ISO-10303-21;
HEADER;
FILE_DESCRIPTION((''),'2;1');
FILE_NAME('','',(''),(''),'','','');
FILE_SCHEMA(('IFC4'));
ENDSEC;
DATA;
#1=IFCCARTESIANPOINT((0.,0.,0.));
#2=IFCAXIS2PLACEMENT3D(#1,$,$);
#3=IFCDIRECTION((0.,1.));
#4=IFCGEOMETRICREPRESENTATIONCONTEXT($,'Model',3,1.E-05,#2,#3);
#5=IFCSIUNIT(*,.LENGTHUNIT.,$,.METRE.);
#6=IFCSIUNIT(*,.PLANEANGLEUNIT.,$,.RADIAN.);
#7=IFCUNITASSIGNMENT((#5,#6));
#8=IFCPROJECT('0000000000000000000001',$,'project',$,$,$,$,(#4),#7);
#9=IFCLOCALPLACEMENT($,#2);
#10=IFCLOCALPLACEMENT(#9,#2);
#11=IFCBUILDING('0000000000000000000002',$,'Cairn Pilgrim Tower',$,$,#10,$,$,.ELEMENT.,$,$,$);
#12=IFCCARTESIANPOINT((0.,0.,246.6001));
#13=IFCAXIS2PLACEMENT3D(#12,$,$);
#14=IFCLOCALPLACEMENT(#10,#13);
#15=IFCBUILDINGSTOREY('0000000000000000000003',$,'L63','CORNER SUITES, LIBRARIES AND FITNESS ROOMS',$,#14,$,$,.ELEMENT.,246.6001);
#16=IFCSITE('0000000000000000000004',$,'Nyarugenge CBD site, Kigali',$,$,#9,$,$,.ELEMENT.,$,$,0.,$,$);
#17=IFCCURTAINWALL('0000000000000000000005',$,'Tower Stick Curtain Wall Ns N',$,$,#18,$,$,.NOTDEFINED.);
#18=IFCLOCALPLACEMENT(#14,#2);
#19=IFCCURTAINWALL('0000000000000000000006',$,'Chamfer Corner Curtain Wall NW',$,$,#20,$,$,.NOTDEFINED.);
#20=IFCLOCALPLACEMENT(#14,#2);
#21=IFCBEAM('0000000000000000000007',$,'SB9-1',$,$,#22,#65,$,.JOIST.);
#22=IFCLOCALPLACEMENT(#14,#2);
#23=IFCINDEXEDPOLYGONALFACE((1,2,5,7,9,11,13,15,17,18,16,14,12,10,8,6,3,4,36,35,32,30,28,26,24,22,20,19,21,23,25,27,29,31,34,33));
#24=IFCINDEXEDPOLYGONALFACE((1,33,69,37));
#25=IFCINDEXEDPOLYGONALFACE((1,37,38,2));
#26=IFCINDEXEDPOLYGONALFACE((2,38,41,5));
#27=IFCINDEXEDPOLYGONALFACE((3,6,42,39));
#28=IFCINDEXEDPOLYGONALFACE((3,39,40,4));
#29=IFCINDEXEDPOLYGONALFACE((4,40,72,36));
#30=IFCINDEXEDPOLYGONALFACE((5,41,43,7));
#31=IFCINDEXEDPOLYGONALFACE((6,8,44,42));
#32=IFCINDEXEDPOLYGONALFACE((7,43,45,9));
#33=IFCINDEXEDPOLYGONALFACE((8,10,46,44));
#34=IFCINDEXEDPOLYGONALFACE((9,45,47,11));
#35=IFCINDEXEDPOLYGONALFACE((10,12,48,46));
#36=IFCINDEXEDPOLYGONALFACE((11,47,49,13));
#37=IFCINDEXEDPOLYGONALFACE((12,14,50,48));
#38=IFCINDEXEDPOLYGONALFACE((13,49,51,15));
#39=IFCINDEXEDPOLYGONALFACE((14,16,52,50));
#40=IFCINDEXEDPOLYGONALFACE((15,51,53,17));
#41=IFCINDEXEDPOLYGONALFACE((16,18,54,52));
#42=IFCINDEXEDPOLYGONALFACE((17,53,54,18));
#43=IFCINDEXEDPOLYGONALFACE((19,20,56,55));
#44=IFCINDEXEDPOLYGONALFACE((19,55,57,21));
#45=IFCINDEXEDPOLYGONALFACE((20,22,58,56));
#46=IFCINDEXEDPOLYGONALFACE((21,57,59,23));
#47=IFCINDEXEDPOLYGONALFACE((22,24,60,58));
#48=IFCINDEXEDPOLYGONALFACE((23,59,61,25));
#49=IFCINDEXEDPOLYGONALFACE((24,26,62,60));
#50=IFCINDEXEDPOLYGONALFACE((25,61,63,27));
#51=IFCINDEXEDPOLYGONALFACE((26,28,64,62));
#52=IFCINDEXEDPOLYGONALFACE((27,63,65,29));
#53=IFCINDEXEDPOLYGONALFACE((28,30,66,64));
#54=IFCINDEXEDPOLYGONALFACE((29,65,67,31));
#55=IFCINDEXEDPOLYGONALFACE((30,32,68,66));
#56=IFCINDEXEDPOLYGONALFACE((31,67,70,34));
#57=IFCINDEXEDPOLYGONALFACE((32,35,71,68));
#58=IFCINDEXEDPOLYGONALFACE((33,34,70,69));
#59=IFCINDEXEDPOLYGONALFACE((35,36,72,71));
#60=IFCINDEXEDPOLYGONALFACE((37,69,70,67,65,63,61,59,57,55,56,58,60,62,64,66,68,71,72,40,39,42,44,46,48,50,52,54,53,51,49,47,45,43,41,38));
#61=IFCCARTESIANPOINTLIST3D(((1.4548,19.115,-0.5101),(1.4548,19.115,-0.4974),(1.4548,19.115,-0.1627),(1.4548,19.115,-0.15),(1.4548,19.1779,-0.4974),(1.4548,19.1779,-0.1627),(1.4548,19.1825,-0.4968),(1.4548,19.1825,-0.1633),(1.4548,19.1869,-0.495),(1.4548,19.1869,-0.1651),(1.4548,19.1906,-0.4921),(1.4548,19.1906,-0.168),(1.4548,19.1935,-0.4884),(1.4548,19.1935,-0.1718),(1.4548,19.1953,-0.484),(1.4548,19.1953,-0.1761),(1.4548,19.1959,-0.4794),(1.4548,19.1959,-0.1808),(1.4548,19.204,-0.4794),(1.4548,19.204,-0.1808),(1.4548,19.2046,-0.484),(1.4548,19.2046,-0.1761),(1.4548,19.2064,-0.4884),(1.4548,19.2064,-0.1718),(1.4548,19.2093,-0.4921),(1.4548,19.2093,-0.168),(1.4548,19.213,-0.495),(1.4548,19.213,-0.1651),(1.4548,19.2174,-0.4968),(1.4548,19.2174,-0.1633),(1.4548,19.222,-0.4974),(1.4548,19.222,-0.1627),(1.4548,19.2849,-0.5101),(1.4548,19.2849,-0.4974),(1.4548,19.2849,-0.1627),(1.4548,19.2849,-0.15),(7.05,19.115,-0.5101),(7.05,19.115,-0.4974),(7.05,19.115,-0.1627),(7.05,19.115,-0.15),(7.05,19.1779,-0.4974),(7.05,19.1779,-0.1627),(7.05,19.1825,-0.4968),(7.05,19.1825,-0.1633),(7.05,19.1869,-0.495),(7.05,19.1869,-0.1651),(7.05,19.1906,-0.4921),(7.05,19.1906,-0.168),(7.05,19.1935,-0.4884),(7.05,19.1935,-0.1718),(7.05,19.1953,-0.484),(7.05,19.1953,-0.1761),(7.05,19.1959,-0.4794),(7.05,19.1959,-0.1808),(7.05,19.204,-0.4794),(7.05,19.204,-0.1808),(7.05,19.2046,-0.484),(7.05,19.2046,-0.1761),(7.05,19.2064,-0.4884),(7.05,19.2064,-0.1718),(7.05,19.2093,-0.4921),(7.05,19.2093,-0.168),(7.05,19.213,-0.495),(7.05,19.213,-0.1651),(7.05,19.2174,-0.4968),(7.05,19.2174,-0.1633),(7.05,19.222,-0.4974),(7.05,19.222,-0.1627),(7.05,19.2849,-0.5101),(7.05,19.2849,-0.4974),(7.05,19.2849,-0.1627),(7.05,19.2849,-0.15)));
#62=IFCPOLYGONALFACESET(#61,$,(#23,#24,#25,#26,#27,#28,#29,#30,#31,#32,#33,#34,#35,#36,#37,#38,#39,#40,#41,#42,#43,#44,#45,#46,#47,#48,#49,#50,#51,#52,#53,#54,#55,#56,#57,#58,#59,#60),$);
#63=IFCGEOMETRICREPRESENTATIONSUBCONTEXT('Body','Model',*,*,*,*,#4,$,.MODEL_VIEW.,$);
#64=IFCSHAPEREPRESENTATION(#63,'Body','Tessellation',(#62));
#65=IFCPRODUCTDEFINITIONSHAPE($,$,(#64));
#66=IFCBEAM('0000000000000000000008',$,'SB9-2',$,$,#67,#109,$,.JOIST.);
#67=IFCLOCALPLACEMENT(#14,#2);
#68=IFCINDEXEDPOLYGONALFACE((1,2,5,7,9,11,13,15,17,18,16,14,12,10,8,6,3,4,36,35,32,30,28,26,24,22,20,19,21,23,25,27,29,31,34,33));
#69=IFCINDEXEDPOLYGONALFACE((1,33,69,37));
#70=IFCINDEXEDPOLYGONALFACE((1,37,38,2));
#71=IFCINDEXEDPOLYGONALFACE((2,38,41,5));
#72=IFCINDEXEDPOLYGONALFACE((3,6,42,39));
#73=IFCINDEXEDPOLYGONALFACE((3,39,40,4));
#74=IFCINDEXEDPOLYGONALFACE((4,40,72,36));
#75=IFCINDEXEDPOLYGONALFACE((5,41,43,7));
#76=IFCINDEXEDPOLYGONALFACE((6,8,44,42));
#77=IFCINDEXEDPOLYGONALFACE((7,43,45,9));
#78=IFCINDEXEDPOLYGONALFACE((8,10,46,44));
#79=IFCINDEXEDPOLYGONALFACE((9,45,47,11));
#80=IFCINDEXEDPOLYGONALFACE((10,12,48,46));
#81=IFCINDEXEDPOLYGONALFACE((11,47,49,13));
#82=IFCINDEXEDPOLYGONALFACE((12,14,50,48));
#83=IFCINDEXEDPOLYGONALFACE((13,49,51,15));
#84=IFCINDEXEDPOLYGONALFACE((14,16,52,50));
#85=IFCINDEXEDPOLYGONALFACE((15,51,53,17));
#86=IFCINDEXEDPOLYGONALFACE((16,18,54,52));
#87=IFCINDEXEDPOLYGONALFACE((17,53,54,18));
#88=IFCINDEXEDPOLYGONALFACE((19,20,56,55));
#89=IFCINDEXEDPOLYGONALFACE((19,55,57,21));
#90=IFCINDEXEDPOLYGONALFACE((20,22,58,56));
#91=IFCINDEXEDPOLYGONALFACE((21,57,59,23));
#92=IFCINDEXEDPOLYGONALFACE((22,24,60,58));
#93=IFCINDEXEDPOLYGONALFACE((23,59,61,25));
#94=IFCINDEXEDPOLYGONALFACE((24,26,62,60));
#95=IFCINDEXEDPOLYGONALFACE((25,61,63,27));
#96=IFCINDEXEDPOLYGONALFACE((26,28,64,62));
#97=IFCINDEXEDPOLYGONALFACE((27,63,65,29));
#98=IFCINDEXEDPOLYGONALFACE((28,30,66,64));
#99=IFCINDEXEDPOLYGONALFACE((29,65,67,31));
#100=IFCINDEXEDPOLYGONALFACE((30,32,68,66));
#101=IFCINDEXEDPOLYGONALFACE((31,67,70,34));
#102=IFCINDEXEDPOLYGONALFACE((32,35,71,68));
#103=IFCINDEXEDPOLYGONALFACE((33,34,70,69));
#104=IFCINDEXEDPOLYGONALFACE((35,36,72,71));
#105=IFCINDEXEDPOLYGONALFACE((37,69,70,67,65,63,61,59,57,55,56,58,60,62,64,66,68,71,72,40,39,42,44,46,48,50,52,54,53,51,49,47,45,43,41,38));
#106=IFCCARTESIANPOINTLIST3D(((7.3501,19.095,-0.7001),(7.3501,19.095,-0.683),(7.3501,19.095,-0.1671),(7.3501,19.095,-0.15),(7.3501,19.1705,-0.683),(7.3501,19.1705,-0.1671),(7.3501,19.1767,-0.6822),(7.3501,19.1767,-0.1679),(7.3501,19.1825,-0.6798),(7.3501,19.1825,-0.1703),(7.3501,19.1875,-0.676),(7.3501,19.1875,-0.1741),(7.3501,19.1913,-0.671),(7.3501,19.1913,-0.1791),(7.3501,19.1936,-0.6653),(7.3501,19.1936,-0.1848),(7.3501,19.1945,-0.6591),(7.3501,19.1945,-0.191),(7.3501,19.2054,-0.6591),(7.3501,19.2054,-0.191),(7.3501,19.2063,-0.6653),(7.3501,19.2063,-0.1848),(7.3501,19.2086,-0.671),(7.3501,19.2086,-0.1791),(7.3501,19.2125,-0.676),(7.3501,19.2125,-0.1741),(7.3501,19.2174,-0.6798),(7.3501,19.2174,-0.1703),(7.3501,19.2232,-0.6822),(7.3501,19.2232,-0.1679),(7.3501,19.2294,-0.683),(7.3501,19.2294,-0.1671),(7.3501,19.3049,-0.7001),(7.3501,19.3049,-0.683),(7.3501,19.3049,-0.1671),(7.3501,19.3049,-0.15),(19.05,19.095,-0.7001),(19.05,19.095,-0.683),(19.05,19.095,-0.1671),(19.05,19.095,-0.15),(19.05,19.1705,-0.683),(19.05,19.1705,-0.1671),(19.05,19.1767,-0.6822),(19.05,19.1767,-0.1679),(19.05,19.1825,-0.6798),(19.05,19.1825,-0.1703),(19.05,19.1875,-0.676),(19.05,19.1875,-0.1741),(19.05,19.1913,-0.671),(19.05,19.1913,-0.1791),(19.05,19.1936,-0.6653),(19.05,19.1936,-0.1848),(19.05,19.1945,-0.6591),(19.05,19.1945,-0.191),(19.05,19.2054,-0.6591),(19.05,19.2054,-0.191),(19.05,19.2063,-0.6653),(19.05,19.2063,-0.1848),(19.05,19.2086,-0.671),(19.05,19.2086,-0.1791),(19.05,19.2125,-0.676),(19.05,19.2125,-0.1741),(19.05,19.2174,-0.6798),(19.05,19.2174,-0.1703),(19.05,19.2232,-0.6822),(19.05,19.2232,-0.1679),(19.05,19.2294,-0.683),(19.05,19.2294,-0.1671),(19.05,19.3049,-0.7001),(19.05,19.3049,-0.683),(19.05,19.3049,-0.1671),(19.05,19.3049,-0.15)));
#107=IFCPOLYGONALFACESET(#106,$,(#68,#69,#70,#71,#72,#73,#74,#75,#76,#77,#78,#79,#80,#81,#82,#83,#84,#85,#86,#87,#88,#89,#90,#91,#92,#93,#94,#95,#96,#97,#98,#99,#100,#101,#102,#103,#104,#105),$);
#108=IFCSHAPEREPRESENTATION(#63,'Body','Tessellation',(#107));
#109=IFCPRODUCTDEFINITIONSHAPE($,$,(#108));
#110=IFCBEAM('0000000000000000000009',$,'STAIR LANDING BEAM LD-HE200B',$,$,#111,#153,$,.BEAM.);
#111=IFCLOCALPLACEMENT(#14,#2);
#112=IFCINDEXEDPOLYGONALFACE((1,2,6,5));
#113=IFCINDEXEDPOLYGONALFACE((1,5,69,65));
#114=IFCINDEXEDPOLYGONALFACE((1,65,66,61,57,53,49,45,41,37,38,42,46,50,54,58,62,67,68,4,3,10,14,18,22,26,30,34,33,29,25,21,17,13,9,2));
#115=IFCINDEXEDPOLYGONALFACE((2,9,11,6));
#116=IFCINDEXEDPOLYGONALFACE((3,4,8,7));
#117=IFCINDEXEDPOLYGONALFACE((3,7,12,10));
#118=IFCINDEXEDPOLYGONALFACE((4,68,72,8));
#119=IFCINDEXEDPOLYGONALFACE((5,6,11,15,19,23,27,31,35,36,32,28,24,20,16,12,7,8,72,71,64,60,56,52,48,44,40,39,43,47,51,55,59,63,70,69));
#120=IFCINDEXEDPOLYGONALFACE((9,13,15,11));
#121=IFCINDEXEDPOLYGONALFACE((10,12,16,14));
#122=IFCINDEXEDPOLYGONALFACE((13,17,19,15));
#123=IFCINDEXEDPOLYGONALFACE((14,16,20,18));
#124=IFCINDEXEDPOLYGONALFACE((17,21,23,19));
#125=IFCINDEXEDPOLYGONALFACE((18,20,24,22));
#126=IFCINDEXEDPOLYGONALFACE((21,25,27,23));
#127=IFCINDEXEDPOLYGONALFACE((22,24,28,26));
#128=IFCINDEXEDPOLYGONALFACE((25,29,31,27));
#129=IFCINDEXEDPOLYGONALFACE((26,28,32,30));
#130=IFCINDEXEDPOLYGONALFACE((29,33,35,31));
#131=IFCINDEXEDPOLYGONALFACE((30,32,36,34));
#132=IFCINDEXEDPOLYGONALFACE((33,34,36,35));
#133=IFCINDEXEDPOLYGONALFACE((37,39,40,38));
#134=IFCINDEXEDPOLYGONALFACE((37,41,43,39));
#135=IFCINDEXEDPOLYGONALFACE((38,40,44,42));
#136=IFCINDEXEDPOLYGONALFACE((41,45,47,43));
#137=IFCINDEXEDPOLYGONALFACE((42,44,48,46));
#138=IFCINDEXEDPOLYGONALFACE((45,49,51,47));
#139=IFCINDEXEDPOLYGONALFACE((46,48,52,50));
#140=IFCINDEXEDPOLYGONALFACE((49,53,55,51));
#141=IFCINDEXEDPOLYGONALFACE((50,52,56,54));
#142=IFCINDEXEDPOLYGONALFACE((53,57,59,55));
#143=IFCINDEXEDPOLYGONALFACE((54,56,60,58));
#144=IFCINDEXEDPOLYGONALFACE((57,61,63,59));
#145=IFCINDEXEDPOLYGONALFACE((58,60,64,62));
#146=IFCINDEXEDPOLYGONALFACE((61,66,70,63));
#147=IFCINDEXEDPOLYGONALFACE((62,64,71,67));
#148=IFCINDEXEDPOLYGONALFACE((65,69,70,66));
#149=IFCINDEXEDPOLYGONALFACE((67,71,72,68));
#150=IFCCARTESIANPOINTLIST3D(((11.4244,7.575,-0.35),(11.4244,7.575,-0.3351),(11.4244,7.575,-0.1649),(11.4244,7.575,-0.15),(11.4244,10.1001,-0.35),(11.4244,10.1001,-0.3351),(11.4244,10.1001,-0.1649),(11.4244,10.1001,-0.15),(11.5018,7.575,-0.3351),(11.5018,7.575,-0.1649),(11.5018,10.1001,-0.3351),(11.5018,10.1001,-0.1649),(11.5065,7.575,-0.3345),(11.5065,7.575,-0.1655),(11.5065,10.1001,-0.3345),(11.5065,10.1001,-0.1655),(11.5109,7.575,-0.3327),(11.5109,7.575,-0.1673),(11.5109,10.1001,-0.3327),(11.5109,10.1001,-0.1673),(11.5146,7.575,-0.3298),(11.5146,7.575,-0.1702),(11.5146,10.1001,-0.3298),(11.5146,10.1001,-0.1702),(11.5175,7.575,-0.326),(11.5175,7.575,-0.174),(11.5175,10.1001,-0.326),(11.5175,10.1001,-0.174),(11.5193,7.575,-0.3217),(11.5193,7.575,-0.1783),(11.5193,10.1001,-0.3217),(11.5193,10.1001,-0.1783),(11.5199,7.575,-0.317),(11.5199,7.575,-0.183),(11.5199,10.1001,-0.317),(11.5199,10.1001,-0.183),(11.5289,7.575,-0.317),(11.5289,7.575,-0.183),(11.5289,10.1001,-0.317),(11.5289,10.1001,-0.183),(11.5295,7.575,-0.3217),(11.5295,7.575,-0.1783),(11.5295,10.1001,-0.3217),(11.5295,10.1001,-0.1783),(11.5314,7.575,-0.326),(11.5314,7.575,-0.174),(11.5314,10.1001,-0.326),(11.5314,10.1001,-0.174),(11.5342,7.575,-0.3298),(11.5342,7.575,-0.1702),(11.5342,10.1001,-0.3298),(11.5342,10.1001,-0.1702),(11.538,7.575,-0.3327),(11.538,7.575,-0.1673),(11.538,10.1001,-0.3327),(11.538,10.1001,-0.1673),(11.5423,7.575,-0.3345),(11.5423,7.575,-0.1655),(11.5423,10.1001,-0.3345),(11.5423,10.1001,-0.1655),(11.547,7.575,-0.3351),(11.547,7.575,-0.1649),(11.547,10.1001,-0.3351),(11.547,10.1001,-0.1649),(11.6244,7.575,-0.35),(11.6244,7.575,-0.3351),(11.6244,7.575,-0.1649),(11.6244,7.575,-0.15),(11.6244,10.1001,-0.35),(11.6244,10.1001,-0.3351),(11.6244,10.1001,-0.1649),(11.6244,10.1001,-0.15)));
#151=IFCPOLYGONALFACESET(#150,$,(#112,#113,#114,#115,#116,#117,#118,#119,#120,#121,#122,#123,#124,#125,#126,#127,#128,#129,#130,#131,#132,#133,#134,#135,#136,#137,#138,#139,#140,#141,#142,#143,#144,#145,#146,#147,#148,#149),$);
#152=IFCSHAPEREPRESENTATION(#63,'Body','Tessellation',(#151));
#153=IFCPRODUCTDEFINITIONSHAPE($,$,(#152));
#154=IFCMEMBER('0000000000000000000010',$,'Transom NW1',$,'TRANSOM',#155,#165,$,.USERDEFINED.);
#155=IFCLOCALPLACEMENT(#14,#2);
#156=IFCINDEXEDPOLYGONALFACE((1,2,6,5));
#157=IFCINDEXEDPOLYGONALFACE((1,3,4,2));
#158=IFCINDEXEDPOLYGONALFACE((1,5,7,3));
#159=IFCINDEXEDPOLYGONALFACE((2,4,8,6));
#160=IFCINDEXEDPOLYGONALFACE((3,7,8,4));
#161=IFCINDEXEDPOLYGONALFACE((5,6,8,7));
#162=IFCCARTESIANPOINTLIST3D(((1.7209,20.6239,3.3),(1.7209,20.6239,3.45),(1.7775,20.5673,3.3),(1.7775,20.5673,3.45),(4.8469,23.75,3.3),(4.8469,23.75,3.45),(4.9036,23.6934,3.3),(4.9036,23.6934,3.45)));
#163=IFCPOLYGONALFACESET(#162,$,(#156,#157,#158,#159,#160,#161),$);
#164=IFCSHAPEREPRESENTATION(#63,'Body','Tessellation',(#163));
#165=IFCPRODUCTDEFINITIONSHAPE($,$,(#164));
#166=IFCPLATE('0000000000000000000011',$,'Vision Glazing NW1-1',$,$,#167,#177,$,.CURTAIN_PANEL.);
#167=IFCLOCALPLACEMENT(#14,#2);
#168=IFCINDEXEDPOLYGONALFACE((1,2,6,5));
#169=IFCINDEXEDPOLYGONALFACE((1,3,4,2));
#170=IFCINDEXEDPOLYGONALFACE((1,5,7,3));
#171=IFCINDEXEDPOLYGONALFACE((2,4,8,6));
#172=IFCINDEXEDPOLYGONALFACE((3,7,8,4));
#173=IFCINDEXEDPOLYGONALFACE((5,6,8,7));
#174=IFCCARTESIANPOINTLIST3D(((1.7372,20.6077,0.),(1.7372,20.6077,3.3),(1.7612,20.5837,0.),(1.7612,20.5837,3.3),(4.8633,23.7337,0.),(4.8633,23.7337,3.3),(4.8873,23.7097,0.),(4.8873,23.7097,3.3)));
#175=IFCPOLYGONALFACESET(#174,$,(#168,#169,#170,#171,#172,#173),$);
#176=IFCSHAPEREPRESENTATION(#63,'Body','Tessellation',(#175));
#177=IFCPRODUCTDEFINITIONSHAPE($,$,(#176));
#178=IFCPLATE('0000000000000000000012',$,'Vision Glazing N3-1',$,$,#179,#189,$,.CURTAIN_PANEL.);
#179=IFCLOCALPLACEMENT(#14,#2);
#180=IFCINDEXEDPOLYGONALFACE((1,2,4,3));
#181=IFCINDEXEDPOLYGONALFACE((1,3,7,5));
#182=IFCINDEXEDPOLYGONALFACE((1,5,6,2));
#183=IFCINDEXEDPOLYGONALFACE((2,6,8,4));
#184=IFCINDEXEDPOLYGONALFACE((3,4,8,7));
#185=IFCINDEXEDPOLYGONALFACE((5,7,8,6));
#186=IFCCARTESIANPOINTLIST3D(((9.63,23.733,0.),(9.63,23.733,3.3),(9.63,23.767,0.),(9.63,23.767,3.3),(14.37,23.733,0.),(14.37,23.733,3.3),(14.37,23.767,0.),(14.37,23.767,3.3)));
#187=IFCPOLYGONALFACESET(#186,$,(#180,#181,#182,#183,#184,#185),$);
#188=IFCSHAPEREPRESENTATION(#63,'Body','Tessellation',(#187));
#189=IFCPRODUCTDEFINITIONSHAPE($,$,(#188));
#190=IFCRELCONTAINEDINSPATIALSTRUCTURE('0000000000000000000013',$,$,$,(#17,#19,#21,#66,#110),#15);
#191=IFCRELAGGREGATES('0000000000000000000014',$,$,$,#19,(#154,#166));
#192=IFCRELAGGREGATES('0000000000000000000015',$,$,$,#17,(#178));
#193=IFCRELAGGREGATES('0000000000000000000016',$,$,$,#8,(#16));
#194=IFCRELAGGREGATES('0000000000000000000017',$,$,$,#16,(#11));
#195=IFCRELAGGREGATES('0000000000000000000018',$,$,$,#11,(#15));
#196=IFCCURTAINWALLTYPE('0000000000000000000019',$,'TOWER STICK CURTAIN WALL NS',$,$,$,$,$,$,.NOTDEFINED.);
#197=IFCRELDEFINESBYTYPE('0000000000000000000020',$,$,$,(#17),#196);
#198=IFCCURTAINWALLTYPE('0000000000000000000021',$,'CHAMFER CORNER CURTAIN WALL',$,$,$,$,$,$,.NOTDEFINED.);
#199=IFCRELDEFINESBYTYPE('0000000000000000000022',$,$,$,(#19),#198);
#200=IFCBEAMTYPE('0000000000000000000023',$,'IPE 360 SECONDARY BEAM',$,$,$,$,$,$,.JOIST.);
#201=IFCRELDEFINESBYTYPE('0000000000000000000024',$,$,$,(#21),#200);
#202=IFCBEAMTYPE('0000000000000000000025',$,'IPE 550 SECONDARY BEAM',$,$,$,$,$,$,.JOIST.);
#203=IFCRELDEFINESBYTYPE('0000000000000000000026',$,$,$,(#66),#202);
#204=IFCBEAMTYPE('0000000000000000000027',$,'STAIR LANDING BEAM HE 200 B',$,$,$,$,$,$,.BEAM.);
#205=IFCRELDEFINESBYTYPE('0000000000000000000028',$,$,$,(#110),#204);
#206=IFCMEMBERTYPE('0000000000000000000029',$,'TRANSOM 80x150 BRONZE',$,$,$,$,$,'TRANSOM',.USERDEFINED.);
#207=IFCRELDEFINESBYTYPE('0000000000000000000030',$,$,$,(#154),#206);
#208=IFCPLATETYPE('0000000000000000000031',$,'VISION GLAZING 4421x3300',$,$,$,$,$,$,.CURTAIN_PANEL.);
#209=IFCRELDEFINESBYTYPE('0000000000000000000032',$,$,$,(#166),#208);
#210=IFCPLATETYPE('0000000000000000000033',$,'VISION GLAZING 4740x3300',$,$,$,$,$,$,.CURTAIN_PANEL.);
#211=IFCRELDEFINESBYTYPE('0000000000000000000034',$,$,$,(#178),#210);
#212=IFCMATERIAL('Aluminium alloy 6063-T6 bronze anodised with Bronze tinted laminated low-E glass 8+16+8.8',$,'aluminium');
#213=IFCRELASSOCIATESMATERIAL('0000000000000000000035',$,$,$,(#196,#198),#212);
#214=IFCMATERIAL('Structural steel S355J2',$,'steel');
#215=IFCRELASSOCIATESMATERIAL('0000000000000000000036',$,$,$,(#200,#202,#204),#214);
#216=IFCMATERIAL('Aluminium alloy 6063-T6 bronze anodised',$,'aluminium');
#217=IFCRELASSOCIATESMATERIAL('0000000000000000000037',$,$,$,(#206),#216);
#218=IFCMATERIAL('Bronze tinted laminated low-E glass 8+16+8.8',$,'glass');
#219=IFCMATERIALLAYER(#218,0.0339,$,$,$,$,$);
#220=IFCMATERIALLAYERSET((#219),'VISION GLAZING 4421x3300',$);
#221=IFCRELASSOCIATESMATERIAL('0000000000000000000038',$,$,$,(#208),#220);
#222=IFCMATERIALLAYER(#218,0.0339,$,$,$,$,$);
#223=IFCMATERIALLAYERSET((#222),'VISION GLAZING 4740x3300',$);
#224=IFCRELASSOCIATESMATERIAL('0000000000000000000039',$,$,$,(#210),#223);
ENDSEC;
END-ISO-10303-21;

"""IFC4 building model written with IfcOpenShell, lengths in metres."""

from ifc_helpers import new_model, si_unit, direction, frame, origin, origin_2d, place, context, subcontext, project, spatial, rectangle, i_section, extrude, material, layer, layer_set, material_profile, profile_set, type_object, element, aggregate, save


model = new_model("IFC4")

# Units and contexts
model_context = context("Model", 3, precision=1e-05, world=origin(), true_north=direction((0.0, 1.0)))
body_context = subcontext(model_context, "Body", "Model", "MODEL_VIEW")
ifc_project = project(units=[si_unit("LENGTHUNIT", "METRE"), si_unit("PLANEANGLEUNIT", "RADIAN")], contexts=[model_context])

# Site, building, storey
site_placement = place(None, origin())
site = spatial("IfcSite", under=ifc_project, at=site_placement, Name="Nyarugenge CBD site, Kigali", CompositionType="ELEMENT", RefElevation=0.0)
building_placement = place(site_placement, origin())
building = spatial("IfcBuilding", under=site, at=building_placement, Name="Cairn Pilgrim Tower", CompositionType="ELEMENT")
storey_placement = place(building_placement, frame((0.0, 0.0, 246.6001)))
storey = spatial("IfcBuildingStorey", under=building, at=storey_placement, Name="L63", Description="CORNER SUITES, LIBRARIES AND FITNESS ROOMS", CompositionType="ELEMENT", Elevation=246.6001)

# Shared definitions
ifc_material_1 = material(Name="Structural steel S355J2", Category="steel")

# Curtain wall
ifc_material_2 = material(Name="Aluminium alloy 6063-T6 bronze anodised with Bronze tinted laminated low-E glass 8+16+8.8", Category="aluminium")
curtain_wall_type_1 = type_object("IfcCurtainWallType", Name="TOWER STICK CURTAIN WALL NS", PredefinedType="NOTDEFINED", material=ifc_material_2)
curtain_wall_1_placement = place(storey_placement, origin())
curtain_wall_1 = element("IfcCurtainWall", 1, at=curtain_wall_1_placement, inside=storey, type_object=curtain_wall_type_1, Name="Tower Stick Curtain Wall Ns N", PredefinedType="NOTDEFINED")
ifc_material_3 = material(Name="Aluminium alloy 6063-T6 bronze anodised", Category="aluminium")

# Curtain wall
curtain_wall_type_2 = type_object("IfcCurtainWallType", Name="CHAMFER CORNER CURTAIN WALL", PredefinedType="NOTDEFINED", material=ifc_material_2)
curtain_wall_2_placement = place(storey_placement, origin())
curtain_wall_2 = element("IfcCurtainWall", 2, at=curtain_wall_2_placement, inside=storey, type_object=curtain_wall_type_2, Name="Chamfer Corner Curtain Wall NW", PredefinedType="NOTDEFINED")

# Beams
ifc_material_profile_1 = material_profile(ifc_material_1, i_section(OverallWidth=0.1699, OverallDepth=0.3601, WebThickness=0.0081, FlangeThickness=0.0127, FilletRadius=0.0181, at=origin_2d()), Name="IPE 360")
ifc_profile_set_1 = profile_set([ifc_material_profile_1], Name="Structural steel S355J2")
beam_type_1 = type_object("IfcBeamType", Name="IPE 360 SECONDARY BEAM", PredefinedType="JOIST", material=ifc_profile_set_1)
beam_1_placement = place(storey_placement, frame((1.4548, 19.2, -0.3301), z_axis=(1.0, 0.0, 0.0), x_axis=(0.0, 1.0, 0.0)))
element("IfcBeam", 3, at=beam_1_placement, inside=storey, type_object=beam_type_1, Name="SB9-1", PredefinedType="JOIST", context=body_context, shape_type="SweptSolid", body=[
    extrude(i_section(OverallWidth=0.1699, OverallDepth=0.3601, WebThickness=0.0081, FlangeThickness=0.0127, FilletRadius=0.0181, at=origin_2d()), origin(), (0.0, 0.0, 1.0), 5.5952),
])
ifc_material_profile_2 = material_profile(ifc_material_1, i_section(OverallWidth=0.21, OverallDepth=0.55, WebThickness=0.011, FlangeThickness=0.0171, FilletRadius=0.0239, at=origin_2d()), Name="IPE 550")
ifc_profile_set_2 = profile_set([ifc_material_profile_2], Name="Structural steel S355J2")
beam_type_2 = type_object("IfcBeamType", Name="IPE 550 SECONDARY BEAM", PredefinedType="JOIST", material=ifc_profile_set_2)
beam_2_placement = place(storey_placement, frame((7.3501, 19.2, -0.425), z_axis=(1.0, 0.0, 0.0), x_axis=(0.0, 1.0, 0.0)))
element("IfcBeam", 4, at=beam_2_placement, inside=storey, type_object=beam_type_2, Name="SB9-2", PredefinedType="JOIST", context=body_context, shape_type="SweptSolid", body=[
    extrude(i_section(OverallWidth=0.21, OverallDepth=0.55, WebThickness=0.011, FlangeThickness=0.0171, FilletRadius=0.0239, at=origin_2d()), origin(), (0.0, 0.0, 1.0), 11.7),
])
ifc_material_profile_3 = material_profile(ifc_material_1, i_section(OverallWidth=0.2, OverallDepth=0.2, WebThickness=0.009, FlangeThickness=0.0149, FilletRadius=0.0181, at=origin_2d()), Name="HE 200 B")
ifc_profile_set_3 = profile_set([ifc_material_profile_3], Name="Structural steel S355J2")
beam_type_3 = type_object("IfcBeamType", Name="STAIR LANDING BEAM HE 200 B", PredefinedType="BEAM", material=ifc_profile_set_3)
beam_3_placement = place(storey_placement, frame((11.5244, 10.1001, -0.25), z_axis=(0.0, -1.0, 0.0), x_axis=(1.0, 0.0, 0.0)))
element("IfcBeam", 5, at=beam_3_placement, inside=storey, type_object=beam_type_3, Name="STAIR LANDING BEAM LD-HE200B", PredefinedType="BEAM", context=body_context, shape_type="SweptSolid", body=[
    extrude(i_section(OverallWidth=0.2, OverallDepth=0.2, WebThickness=0.009, FlangeThickness=0.0149, FilletRadius=0.0181, at=origin_2d()), origin(), (0.0, 0.0, 1.0), 2.5251),
])

# Member
ifc_material_profile_4 = material_profile(ifc_material_3, rectangle(XDim=0.0801, YDim=0.1499, at=origin_2d()), Name="TRANSOM 80x150 BRONZE")
ifc_profile_set_4 = profile_set([ifc_material_profile_4], Name="Aluminium alloy 6063-T6 bronze anodised")
member_type_1 = type_object("IfcMemberType", Name="TRANSOM 80x150 BRONZE", ElementType="TRANSOM", PredefinedType="USERDEFINED", material=ifc_profile_set_4)
member_1_placement = place(storey_placement, frame((4.8752, 23.7217, 3.375), z_axis=(-0.707107, -0.707107, 0.0), x_axis=(0.707107, -0.707107, 0.0)))
member_1 = element("IfcMember", 6, at=member_1_placement, type_object=member_type_1, Name="Transom NW1", ObjectType="TRANSOM", PredefinedType="USERDEFINED", context=body_context, shape_type="SweptSolid", body=[
    extrude(rectangle(XDim=0.0801, YDim=0.1499, at=origin_2d()), origin(), (0.0, 0.0, 1.0), 4.4209),
])

# Plates
ifc_material_4 = material(Name="Bronze tinted laminated low-E glass 8+16+8.8", Category="glass")
ifc_layer_1 = layer(ifc_material_4, 0.0339)
ifc_layer_set_1 = layer_set([ifc_layer_1], Name="VISION GLAZING 4421x3300")
plate_type_1 = type_object("IfcPlateType", Name="VISION GLAZING 4421x3300", PredefinedType="CURTAIN_PANEL", material=ifc_layer_set_1)
plate_1_placement = place(storey_placement, frame((3.3123, 22.1587, 0.0), z_axis=(0.0, 0.0, 1.0), x_axis=(-0.707107, -0.707107, 0.0)))
plate_1 = element("IfcPlate", 7, at=plate_1_placement, type_object=plate_type_1, Name="Vision Glazing NW1-1", PredefinedType="CURTAIN_PANEL", context=body_context, shape_type="SweptSolid", body=[
    extrude(rectangle(XDim=4.4209, YDim=0.0339, at=origin_2d()), origin(), (0.0, 0.0, 1.0), 3.3),
])
aggregate(curtain_wall_2, [member_1, plate_1])
ifc_layer_2 = layer(ifc_material_4, 0.0339)
ifc_layer_set_2 = layer_set([ifc_layer_2], Name="VISION GLAZING 4740x3300")
plate_type_2 = type_object("IfcPlateType", Name="VISION GLAZING 4740x3300", PredefinedType="CURTAIN_PANEL", material=ifc_layer_set_2)
plate_2_placement = place(storey_placement, frame((12.0, 23.75, 0.0), z_axis=(0.0, 0.0, 1.0), x_axis=(-1.0, 0.0, 0.0)))
plate_2 = element("IfcPlate", 8, at=plate_2_placement, type_object=plate_type_2, Name="Vision Glazing N3-1", PredefinedType="CURTAIN_PANEL", context=body_context, shape_type="SweptSolid", body=[
    extrude(rectangle(XDim=4.74, YDim=0.0339, at=origin_2d()), origin(), (0.0, 0.0, 1.0), 3.3),
])
aggregate(curtain_wall_1, [plate_2])

save(model, "model.ifc")
